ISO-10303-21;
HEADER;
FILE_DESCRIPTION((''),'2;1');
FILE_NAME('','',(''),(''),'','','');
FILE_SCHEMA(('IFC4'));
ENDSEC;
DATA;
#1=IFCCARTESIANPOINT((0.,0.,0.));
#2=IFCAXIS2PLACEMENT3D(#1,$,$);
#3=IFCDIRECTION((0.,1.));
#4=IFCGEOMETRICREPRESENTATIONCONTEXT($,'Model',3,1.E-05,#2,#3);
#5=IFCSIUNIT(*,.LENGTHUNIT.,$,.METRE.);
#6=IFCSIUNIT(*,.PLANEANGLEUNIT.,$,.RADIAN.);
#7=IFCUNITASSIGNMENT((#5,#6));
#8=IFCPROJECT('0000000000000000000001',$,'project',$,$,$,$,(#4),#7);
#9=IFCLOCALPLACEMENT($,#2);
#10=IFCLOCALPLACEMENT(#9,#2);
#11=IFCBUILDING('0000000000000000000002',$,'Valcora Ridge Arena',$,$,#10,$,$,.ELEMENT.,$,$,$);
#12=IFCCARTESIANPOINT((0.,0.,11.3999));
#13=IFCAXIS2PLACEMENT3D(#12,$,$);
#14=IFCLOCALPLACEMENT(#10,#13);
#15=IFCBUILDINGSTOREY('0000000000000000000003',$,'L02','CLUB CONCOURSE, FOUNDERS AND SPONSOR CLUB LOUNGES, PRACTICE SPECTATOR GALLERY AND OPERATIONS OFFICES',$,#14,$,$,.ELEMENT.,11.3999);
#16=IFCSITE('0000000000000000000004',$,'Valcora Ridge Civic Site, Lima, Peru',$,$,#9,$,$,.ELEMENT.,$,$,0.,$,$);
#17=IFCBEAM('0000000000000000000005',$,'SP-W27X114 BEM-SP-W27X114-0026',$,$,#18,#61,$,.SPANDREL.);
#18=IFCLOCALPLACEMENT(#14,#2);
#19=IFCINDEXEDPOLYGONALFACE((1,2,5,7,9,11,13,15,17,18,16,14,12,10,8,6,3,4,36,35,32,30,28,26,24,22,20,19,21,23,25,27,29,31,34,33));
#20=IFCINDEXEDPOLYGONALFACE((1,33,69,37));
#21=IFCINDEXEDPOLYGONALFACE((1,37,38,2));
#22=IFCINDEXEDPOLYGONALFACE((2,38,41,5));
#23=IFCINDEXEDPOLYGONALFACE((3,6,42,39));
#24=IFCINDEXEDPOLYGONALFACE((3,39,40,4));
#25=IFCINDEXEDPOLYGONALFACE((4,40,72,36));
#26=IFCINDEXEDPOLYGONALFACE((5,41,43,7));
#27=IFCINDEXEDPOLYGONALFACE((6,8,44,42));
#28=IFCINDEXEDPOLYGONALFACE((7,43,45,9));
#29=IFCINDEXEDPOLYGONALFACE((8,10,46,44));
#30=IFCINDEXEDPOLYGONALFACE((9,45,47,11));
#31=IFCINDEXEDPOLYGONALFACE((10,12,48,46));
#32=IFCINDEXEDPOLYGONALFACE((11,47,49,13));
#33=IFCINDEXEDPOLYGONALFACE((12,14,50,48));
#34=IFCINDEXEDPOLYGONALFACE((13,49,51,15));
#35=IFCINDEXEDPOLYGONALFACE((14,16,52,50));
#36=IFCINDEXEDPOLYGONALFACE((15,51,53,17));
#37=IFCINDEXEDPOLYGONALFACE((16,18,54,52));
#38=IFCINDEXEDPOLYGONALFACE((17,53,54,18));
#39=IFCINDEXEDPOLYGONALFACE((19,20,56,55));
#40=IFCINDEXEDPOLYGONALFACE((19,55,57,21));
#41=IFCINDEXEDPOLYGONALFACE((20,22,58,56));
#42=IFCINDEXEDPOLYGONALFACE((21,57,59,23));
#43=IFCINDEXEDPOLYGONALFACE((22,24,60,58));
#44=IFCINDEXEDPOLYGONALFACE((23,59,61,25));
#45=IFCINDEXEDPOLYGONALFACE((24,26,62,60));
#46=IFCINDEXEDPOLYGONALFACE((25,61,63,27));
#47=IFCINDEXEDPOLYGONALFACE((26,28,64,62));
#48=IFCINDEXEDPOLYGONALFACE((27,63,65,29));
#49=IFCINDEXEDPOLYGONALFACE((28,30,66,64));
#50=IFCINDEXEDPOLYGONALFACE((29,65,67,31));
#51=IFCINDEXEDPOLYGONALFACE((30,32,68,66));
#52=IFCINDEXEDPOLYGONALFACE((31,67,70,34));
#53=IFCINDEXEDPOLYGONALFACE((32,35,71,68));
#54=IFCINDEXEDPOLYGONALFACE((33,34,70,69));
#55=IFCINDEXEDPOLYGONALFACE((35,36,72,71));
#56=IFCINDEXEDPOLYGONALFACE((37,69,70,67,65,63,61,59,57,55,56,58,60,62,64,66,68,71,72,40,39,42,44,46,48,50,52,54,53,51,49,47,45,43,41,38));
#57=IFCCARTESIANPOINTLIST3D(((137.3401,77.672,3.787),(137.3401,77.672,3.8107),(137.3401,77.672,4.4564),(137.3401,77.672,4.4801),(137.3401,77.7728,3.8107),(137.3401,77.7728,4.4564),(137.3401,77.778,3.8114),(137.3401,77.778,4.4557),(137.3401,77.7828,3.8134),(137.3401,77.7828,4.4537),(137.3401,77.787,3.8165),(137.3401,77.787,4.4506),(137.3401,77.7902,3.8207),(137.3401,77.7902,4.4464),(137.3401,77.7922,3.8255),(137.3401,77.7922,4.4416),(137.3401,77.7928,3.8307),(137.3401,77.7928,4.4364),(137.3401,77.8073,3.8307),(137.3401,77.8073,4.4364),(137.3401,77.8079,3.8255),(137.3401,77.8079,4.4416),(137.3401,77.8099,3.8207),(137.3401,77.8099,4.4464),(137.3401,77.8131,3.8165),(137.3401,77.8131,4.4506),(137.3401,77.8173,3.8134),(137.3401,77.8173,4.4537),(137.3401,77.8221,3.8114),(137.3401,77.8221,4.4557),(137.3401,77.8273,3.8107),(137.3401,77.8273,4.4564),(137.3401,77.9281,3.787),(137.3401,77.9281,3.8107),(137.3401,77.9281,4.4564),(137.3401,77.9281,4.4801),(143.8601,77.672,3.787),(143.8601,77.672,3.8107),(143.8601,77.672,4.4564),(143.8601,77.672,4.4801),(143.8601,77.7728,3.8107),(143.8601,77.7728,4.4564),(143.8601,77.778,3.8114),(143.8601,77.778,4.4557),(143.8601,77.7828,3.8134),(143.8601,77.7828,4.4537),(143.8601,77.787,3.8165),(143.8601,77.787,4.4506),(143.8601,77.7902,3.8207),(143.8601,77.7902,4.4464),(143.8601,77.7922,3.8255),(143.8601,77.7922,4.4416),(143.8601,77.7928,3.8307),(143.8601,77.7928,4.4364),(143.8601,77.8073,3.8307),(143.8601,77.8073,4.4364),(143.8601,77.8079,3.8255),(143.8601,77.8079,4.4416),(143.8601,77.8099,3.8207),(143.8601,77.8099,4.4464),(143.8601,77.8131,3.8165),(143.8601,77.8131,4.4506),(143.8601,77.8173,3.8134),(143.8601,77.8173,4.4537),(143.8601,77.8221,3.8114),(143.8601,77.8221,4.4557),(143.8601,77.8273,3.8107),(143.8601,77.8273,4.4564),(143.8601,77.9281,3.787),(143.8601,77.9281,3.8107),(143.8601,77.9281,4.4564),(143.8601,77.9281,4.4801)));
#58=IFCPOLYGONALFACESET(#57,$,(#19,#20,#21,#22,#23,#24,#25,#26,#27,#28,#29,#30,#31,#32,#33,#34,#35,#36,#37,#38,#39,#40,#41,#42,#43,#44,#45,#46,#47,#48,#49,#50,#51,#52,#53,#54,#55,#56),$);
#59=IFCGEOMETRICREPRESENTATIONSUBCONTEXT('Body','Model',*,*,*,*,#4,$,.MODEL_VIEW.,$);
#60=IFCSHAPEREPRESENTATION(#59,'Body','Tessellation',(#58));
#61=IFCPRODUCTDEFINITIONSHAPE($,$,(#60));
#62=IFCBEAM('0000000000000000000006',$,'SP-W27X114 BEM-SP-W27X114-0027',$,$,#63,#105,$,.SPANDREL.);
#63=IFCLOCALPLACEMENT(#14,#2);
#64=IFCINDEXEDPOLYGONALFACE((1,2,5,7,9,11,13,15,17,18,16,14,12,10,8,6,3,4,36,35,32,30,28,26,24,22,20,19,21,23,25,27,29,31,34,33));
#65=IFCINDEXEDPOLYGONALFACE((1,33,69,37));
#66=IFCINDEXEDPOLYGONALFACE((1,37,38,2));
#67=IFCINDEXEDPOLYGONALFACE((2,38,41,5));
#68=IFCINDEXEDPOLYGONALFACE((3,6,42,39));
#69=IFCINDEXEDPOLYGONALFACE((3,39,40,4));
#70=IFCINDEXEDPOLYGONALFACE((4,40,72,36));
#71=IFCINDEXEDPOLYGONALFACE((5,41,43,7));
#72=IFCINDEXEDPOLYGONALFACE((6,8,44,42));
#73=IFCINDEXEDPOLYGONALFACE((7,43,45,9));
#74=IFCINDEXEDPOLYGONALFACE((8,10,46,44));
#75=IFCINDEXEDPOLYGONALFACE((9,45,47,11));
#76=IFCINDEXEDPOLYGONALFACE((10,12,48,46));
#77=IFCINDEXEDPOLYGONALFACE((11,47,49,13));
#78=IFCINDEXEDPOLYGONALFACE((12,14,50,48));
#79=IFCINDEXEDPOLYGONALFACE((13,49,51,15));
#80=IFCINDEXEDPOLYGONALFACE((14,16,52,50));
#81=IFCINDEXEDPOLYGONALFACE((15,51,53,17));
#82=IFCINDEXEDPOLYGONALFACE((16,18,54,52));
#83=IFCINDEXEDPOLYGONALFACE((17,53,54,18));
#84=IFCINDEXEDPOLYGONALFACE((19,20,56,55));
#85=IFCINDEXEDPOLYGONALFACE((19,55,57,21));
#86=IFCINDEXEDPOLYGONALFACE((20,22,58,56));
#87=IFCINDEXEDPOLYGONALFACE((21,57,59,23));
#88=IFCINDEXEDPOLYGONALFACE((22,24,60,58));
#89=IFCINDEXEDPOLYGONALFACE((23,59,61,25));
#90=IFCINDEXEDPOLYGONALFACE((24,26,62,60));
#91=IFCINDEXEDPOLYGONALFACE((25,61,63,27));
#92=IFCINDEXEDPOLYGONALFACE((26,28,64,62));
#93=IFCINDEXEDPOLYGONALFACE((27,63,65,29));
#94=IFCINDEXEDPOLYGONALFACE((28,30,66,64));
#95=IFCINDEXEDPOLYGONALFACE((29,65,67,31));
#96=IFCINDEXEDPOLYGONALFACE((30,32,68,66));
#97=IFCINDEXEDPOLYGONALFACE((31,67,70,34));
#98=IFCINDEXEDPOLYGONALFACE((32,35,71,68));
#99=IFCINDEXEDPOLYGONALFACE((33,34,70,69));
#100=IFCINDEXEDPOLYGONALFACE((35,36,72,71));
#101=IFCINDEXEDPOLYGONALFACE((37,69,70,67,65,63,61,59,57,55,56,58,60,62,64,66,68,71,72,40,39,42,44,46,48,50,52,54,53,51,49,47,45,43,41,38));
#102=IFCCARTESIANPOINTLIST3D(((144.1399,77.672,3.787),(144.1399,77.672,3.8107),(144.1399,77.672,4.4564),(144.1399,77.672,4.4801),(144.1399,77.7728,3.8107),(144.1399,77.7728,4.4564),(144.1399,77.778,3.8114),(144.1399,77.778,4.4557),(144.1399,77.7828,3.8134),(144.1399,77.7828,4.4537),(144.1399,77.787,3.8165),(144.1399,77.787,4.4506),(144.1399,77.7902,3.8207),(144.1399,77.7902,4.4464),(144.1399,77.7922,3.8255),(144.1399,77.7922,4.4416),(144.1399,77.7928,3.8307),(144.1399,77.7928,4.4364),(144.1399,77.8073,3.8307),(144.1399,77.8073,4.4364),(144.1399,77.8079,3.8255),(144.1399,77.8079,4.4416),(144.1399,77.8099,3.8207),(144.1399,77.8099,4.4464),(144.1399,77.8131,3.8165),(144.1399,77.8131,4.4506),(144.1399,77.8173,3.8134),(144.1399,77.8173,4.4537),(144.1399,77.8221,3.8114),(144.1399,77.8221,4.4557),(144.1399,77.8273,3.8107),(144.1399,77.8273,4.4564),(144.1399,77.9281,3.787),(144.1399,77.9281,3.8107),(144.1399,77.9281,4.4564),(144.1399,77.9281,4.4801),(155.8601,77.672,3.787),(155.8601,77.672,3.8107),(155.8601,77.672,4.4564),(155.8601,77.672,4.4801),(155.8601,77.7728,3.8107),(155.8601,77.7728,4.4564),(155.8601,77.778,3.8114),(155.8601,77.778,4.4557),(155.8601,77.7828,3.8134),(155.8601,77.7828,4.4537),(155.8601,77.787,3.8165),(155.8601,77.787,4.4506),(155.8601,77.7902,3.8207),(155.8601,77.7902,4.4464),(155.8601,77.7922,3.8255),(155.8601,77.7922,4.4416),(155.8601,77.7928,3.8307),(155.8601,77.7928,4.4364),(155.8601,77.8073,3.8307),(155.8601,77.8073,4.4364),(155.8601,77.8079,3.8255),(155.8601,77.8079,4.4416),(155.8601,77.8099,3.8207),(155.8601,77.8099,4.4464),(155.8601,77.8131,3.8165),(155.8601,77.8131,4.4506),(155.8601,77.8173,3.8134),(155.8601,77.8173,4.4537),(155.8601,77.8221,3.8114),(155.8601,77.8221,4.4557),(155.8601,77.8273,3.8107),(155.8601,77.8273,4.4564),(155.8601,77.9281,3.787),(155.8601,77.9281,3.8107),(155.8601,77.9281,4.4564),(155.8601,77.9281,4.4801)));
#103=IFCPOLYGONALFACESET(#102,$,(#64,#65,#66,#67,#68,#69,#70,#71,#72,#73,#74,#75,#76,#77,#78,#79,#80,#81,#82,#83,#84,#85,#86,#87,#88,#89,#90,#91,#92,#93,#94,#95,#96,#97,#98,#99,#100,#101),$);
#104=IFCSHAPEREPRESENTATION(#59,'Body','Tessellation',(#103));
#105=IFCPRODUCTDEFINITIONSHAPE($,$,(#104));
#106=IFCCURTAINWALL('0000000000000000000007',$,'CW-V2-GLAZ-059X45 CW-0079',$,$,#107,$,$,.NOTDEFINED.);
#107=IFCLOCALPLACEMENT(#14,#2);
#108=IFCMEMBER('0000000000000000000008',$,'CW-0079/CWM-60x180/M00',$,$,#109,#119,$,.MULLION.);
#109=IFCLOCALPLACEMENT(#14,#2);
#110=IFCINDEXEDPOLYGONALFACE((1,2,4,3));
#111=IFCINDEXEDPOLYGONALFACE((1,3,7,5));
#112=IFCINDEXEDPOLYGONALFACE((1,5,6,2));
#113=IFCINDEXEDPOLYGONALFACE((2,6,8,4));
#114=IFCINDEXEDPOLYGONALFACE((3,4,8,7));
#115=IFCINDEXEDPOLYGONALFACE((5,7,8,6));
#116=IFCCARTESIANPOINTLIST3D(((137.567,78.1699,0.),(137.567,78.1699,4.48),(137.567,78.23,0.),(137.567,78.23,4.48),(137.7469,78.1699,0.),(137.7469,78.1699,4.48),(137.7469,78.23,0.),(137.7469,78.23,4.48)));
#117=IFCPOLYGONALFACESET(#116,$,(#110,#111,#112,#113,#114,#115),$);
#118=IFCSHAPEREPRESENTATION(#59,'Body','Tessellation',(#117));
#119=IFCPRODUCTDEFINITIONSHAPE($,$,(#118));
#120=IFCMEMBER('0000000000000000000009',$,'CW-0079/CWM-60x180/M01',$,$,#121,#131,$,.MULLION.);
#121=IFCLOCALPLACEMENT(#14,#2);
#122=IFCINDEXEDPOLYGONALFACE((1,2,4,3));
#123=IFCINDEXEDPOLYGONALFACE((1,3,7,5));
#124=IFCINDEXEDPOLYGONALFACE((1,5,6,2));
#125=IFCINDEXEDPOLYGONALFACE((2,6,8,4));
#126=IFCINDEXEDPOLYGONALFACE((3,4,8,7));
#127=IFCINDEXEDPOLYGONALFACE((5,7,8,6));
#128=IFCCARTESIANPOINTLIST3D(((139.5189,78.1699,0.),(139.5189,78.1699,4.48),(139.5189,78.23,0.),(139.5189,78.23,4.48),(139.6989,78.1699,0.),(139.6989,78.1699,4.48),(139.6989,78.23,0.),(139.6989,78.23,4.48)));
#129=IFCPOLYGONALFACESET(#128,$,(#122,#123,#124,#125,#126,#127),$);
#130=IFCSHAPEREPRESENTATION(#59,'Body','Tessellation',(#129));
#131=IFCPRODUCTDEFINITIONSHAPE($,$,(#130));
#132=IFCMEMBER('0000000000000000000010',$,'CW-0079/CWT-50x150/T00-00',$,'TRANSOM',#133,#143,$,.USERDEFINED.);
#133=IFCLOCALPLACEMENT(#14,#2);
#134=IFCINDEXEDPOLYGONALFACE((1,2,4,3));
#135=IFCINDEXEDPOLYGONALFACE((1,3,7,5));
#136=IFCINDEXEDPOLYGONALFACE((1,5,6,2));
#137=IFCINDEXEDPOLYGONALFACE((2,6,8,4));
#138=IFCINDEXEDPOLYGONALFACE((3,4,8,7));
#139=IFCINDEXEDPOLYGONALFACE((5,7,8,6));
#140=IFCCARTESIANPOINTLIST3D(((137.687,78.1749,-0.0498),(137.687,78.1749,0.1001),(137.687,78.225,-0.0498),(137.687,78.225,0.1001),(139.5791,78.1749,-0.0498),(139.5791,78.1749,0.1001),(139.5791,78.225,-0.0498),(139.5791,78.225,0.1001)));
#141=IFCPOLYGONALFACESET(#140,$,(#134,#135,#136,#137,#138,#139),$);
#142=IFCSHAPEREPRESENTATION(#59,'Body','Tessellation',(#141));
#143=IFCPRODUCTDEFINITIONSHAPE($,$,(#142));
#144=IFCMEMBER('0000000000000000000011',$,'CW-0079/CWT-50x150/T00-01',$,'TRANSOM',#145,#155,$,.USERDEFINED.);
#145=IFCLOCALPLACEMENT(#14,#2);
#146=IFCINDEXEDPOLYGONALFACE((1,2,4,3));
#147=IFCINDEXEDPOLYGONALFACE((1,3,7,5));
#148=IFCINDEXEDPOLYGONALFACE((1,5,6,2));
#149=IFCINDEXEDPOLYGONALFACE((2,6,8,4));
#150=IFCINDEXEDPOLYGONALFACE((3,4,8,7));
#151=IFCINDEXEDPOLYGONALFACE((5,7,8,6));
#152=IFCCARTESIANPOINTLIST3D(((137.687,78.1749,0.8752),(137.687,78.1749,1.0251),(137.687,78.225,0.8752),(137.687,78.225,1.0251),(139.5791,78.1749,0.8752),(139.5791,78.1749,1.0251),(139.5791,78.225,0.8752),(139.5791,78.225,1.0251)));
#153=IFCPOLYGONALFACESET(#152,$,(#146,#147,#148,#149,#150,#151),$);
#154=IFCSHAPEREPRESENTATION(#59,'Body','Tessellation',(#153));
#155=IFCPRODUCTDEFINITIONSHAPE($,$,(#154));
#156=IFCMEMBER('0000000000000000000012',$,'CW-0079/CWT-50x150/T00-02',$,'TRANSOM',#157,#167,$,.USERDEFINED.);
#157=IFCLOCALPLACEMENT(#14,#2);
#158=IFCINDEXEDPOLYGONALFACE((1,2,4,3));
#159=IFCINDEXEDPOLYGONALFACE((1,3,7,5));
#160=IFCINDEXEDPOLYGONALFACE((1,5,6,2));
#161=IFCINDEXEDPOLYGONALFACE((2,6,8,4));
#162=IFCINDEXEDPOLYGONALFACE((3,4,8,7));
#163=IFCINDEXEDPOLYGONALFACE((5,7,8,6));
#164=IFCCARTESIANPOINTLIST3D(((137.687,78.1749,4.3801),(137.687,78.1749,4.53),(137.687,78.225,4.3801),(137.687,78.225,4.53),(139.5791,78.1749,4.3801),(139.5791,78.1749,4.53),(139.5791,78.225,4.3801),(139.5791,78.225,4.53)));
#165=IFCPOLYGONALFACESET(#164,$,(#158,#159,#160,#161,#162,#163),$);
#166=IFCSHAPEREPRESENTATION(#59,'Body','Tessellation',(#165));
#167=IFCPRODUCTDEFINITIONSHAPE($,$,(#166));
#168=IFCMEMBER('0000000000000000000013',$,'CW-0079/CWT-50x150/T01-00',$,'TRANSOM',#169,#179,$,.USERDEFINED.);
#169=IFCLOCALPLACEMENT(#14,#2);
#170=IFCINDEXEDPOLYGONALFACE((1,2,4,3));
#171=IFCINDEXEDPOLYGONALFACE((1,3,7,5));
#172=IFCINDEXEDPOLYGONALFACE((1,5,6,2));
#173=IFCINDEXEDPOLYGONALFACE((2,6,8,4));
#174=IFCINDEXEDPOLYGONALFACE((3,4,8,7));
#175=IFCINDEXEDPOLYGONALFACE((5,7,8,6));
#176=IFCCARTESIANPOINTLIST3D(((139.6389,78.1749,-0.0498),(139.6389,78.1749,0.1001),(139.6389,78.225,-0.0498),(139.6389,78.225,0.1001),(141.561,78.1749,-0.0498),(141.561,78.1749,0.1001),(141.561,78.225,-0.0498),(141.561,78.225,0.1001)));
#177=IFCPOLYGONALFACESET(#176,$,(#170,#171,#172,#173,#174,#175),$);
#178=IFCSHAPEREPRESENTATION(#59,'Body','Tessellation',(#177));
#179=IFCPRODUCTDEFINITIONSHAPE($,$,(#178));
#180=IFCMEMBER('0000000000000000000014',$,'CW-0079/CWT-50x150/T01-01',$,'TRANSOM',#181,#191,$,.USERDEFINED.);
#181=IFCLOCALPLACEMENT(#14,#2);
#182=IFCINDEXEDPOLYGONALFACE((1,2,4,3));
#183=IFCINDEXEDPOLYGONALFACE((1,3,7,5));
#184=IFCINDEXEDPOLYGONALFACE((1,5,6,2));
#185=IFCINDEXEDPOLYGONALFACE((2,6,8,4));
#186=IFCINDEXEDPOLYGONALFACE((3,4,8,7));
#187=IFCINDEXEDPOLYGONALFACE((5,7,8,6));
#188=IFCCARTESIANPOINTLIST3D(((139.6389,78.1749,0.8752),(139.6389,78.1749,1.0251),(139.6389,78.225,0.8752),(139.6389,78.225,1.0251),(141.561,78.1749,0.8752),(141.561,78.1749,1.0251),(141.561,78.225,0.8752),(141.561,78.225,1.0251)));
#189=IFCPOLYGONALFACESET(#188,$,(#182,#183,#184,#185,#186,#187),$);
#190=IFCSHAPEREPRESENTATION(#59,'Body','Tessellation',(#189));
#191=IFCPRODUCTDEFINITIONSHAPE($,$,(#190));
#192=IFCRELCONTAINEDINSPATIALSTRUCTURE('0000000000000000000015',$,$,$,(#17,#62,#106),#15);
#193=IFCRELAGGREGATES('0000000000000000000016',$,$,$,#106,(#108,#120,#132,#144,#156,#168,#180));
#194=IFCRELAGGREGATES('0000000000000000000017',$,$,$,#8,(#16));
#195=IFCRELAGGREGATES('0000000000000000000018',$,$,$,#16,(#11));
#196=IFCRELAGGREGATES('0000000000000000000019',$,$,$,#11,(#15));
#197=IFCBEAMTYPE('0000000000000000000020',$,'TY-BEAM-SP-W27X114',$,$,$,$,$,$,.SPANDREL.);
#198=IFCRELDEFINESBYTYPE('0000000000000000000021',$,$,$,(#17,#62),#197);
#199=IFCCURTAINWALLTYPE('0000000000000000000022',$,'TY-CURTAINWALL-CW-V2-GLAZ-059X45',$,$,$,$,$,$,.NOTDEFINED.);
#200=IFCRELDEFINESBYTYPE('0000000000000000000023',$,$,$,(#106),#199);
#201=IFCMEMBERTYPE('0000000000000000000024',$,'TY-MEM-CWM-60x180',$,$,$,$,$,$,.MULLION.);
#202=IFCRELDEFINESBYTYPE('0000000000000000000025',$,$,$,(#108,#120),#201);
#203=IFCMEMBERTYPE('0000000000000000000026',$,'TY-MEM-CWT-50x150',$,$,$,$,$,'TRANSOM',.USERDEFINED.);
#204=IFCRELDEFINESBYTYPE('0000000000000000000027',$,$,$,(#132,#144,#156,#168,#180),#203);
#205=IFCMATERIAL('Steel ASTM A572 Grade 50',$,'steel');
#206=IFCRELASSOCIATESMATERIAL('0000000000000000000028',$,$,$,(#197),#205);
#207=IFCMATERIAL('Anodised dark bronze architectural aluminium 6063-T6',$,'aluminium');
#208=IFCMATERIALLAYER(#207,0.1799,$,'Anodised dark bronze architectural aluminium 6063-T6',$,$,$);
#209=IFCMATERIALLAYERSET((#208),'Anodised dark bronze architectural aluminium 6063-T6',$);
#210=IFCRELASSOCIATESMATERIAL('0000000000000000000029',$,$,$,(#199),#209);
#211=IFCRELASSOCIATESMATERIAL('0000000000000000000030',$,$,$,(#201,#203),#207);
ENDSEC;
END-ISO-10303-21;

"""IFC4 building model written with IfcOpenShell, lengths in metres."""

from ifc_helpers import new_model, si_unit, direction, frame, origin, origin_2d, place, context, subcontext, project, spatial, rectangle, i_section, extrude, material, layer, layer_set, material_profile, profile_set, type_object, element, aggregate, save


model = new_model("IFC4")

# Units and contexts
model_context = context("Model", 3, precision=1e-05, world=origin(), true_north=direction((0.0, 1.0)))
body_context = subcontext(model_context, "Body", "Model", "MODEL_VIEW")
ifc_project = project(units=[si_unit("LENGTHUNIT", "METRE"), si_unit("PLANEANGLEUNIT", "RADIAN")], contexts=[model_context])

# Site, building, storey
site_placement = place(None, origin())
site = spatial("IfcSite", under=ifc_project, at=site_placement, Name="Valcora Ridge Civic Site, Lima, Peru", CompositionType="ELEMENT", RefElevation=0.0)
building_placement = place(site_placement, origin())
building = spatial("IfcBuilding", under=site, at=building_placement, Name="Valcora Ridge Arena", CompositionType="ELEMENT")
storey_placement = place(building_placement, frame((0.0, 0.0, 11.3999)))
storey = spatial("IfcBuildingStorey", under=building, at=storey_placement, Name="L02", Description="CLUB CONCOURSE, FOUNDERS AND SPONSOR CLUB LOUNGES, PRACTICE SPECTATOR GALLERY AND OPERATIONS OFFICES", CompositionType="ELEMENT", Elevation=11.3999)

# Shared definitions
ifc_material_1 = material(Name="Steel ASTM A572 Grade 50", Category="steel")

# Beams
ifc_material_profile_1 = material_profile(ifc_material_1, i_section(OverallWidth=0.2561, OverallDepth=0.6931, WebThickness=0.0144, FlangeThickness=0.0237, FilletRadius=0.02, at=origin_2d()), Name="W27X114")
ifc_profile_set_1 = profile_set([ifc_material_profile_1], Name="Steel ASTM A572 Grade 50")
beam_type_1 = type_object("IfcBeamType", Name="TY-BEAM-SP-W27X114", PredefinedType="SPANDREL", material=ifc_profile_set_1)
beam_1_placement = place(storey_placement, frame((137.3401, 77.8, 4.1335), z_axis=(1.0, 0.0, 0.0), x_axis=(0.0, 1.0, 0.0)))
element("IfcBeam", 1, at=beam_1_placement, inside=storey, type_object=beam_type_1, Name="SP-W27X114 BEM-SP-W27X114-0026", PredefinedType="SPANDREL", context=body_context, shape_type="SweptSolid", body=[
    extrude(i_section(OverallWidth=0.2561, OverallDepth=0.6931, WebThickness=0.0144, FlangeThickness=0.0237, FilletRadius=0.02, at=origin_2d()), origin(), (0.0, 0.0, 1.0), 6.52),
])
beam_2_placement = place(storey_placement, frame((144.1399, 77.8, 4.1335), z_axis=(1.0, 0.0, 0.0), x_axis=(0.0, 1.0, 0.0)))
element("IfcBeam", 2, at=beam_2_placement, inside=storey, type_object=beam_type_1, Name="SP-W27X114 BEM-SP-W27X114-0027", PredefinedType="SPANDREL", context=body_context, shape_type="SweptSolid", body=[
    extrude(i_section(OverallWidth=0.2561, OverallDepth=0.6931, WebThickness=0.0144, FlangeThickness=0.0237, FilletRadius=0.02, at=origin_2d()), origin(), (0.0, 0.0, 1.0), 11.7202),
])

# Curtain wall, members
ifc_material_2 = material(Name="Anodised dark bronze architectural aluminium 6063-T6", Category="aluminium")
ifc_layer_1 = layer(ifc_material_2, 0.1799, Name="Anodised dark bronze architectural aluminium 6063-T6")
ifc_layer_set_1 = layer_set([ifc_layer_1], Name="Anodised dark bronze architectural aluminium 6063-T6")
curtain_wall_type = type_object("IfcCurtainWallType", Name="TY-CURTAINWALL-CW-V2-GLAZ-059X45", PredefinedType="NOTDEFINED", material=ifc_layer_set_1)
curtain_wall_placement = place(storey_placement, origin())
curtain_wall = element("IfcCurtainWall", 3, at=curtain_wall_placement, inside=storey, type_object=curtain_wall_type, Name="CW-V2-GLAZ-059X45 CW-0079", PredefinedType="NOTDEFINED")
ifc_material_profile_2 = material_profile(ifc_material_2, rectangle(XDim=0.0601, YDim=0.1799, at=origin_2d()), Name="ALU MULLION 60x180")
ifc_profile_set_2 = profile_set([ifc_material_profile_2], Name="Anodised dark bronze architectural aluminium 6063-T6")
member_type_1 = type_object("IfcMemberType", Name="TY-MEM-CWM-60x180", PredefinedType="MULLION", material=ifc_profile_set_2)
member_1_placement = place(storey_placement, frame((137.657, 78.2, 0.0), z_axis=(0.0, 0.0, 1.0), x_axis=(0.0, 1.0, 0.0)))
member_1 = element("IfcMember", 4, at=member_1_placement, type_object=member_type_1, Name="CW-0079/CWM-60x180/M00", PredefinedType="MULLION", context=body_context, shape_type="SweptSolid", body=[
    extrude(rectangle(XDim=0.0601, YDim=0.1799, at=origin_2d()), origin(), (0.0, 0.0, 1.0), 4.48),
])
member_2_placement = place(storey_placement, frame((139.6089, 78.2, 0.0), z_axis=(0.0, 0.0, 1.0), x_axis=(0.0, 1.0, 0.0)))
member_2 = element("IfcMember", 5, at=member_2_placement, type_object=member_type_1, Name="CW-0079/CWM-60x180/M01", PredefinedType="MULLION", context=body_context, shape_type="SweptSolid", body=[
    extrude(rectangle(XDim=0.0601, YDim=0.1799, at=origin_2d()), origin(), (0.0, 0.0, 1.0), 4.48),
])
ifc_material_profile_3 = material_profile(ifc_material_2, rectangle(XDim=0.05, YDim=0.1499, at=origin_2d()), Name="ALU TRANSOM 50x150")
ifc_profile_set_3 = profile_set([ifc_material_profile_3], Name="Anodised dark bronze architectural aluminium 6063-T6")
member_type_2 = type_object("IfcMemberType", Name="TY-MEM-CWT-50x150", ElementType="TRANSOM", PredefinedType="USERDEFINED", material=ifc_profile_set_3)
member_3_placement = place(storey_placement, frame((137.687, 78.2, 0.0251), z_axis=(1.0, 0.0, 0.0), x_axis=(0.0, 1.0, 0.0)))
member_3 = element("IfcMember", 6, at=member_3_placement, type_object=member_type_2, Name="CW-0079/CWT-50x150/T00-00", ObjectType="TRANSOM", PredefinedType="USERDEFINED", context=body_context, shape_type="SweptSolid", body=[
    extrude(rectangle(XDim=0.05, YDim=0.1499, at=origin_2d()), origin(), (0.0, 0.0, 1.0), 1.8921),
])
member_4_placement = place(storey_placement, frame((137.687, 78.2, 0.9502), z_axis=(1.0, 0.0, 0.0), x_axis=(0.0, 1.0, 0.0)))
member_4 = element("IfcMember", 7, at=member_4_placement, type_object=member_type_2, Name="CW-0079/CWT-50x150/T00-01", ObjectType="TRANSOM", PredefinedType="USERDEFINED", context=body_context, shape_type="SweptSolid", body=[
    extrude(rectangle(XDim=0.05, YDim=0.1499, at=origin_2d()), origin(), (0.0, 0.0, 1.0), 1.8921),
])
member_5_placement = place(storey_placement, frame((137.687, 78.2, 4.4551), z_axis=(1.0, 0.0, 0.0), x_axis=(0.0, 1.0, 0.0)))
member_5 = element("IfcMember", 8, at=member_5_placement, type_object=member_type_2, Name="CW-0079/CWT-50x150/T00-02", ObjectType="TRANSOM", PredefinedType="USERDEFINED", context=body_context, shape_type="SweptSolid", body=[
    extrude(rectangle(XDim=0.05, YDim=0.1499, at=origin_2d()), origin(), (0.0, 0.0, 1.0), 1.8921),
])
member_6_placement = place(storey_placement, frame((139.6389, 78.2, 0.0251), z_axis=(1.0, 0.0, 0.0), x_axis=(0.0, 1.0, 0.0)))
member_6 = element("IfcMember", 9, at=member_6_placement, type_object=member_type_2, Name="CW-0079/CWT-50x150/T01-00", ObjectType="TRANSOM", PredefinedType="USERDEFINED", context=body_context, shape_type="SweptSolid", body=[
    extrude(rectangle(XDim=0.05, YDim=0.1499, at=origin_2d()), origin(), (0.0, 0.0, 1.0), 1.9221),
])
member_7_placement = place(storey_placement, frame((139.6389, 78.2, 0.9502), z_axis=(1.0, 0.0, 0.0), x_axis=(0.0, 1.0, 0.0)))
member_7 = element("IfcMember", 10, at=member_7_placement, type_object=member_type_2, Name="CW-0079/CWT-50x150/T01-01", ObjectType="TRANSOM", PredefinedType="USERDEFINED", context=body_context, shape_type="SweptSolid", body=[
    extrude(rectangle(XDim=0.05, YDim=0.1499, at=origin_2d()), origin(), (0.0, 0.0, 1.0), 1.9221),
])
aggregate(curtain_wall, [member_1, member_2, member_3, member_4, member_5, member_6, member_7])

save(model, "model.ifc")
